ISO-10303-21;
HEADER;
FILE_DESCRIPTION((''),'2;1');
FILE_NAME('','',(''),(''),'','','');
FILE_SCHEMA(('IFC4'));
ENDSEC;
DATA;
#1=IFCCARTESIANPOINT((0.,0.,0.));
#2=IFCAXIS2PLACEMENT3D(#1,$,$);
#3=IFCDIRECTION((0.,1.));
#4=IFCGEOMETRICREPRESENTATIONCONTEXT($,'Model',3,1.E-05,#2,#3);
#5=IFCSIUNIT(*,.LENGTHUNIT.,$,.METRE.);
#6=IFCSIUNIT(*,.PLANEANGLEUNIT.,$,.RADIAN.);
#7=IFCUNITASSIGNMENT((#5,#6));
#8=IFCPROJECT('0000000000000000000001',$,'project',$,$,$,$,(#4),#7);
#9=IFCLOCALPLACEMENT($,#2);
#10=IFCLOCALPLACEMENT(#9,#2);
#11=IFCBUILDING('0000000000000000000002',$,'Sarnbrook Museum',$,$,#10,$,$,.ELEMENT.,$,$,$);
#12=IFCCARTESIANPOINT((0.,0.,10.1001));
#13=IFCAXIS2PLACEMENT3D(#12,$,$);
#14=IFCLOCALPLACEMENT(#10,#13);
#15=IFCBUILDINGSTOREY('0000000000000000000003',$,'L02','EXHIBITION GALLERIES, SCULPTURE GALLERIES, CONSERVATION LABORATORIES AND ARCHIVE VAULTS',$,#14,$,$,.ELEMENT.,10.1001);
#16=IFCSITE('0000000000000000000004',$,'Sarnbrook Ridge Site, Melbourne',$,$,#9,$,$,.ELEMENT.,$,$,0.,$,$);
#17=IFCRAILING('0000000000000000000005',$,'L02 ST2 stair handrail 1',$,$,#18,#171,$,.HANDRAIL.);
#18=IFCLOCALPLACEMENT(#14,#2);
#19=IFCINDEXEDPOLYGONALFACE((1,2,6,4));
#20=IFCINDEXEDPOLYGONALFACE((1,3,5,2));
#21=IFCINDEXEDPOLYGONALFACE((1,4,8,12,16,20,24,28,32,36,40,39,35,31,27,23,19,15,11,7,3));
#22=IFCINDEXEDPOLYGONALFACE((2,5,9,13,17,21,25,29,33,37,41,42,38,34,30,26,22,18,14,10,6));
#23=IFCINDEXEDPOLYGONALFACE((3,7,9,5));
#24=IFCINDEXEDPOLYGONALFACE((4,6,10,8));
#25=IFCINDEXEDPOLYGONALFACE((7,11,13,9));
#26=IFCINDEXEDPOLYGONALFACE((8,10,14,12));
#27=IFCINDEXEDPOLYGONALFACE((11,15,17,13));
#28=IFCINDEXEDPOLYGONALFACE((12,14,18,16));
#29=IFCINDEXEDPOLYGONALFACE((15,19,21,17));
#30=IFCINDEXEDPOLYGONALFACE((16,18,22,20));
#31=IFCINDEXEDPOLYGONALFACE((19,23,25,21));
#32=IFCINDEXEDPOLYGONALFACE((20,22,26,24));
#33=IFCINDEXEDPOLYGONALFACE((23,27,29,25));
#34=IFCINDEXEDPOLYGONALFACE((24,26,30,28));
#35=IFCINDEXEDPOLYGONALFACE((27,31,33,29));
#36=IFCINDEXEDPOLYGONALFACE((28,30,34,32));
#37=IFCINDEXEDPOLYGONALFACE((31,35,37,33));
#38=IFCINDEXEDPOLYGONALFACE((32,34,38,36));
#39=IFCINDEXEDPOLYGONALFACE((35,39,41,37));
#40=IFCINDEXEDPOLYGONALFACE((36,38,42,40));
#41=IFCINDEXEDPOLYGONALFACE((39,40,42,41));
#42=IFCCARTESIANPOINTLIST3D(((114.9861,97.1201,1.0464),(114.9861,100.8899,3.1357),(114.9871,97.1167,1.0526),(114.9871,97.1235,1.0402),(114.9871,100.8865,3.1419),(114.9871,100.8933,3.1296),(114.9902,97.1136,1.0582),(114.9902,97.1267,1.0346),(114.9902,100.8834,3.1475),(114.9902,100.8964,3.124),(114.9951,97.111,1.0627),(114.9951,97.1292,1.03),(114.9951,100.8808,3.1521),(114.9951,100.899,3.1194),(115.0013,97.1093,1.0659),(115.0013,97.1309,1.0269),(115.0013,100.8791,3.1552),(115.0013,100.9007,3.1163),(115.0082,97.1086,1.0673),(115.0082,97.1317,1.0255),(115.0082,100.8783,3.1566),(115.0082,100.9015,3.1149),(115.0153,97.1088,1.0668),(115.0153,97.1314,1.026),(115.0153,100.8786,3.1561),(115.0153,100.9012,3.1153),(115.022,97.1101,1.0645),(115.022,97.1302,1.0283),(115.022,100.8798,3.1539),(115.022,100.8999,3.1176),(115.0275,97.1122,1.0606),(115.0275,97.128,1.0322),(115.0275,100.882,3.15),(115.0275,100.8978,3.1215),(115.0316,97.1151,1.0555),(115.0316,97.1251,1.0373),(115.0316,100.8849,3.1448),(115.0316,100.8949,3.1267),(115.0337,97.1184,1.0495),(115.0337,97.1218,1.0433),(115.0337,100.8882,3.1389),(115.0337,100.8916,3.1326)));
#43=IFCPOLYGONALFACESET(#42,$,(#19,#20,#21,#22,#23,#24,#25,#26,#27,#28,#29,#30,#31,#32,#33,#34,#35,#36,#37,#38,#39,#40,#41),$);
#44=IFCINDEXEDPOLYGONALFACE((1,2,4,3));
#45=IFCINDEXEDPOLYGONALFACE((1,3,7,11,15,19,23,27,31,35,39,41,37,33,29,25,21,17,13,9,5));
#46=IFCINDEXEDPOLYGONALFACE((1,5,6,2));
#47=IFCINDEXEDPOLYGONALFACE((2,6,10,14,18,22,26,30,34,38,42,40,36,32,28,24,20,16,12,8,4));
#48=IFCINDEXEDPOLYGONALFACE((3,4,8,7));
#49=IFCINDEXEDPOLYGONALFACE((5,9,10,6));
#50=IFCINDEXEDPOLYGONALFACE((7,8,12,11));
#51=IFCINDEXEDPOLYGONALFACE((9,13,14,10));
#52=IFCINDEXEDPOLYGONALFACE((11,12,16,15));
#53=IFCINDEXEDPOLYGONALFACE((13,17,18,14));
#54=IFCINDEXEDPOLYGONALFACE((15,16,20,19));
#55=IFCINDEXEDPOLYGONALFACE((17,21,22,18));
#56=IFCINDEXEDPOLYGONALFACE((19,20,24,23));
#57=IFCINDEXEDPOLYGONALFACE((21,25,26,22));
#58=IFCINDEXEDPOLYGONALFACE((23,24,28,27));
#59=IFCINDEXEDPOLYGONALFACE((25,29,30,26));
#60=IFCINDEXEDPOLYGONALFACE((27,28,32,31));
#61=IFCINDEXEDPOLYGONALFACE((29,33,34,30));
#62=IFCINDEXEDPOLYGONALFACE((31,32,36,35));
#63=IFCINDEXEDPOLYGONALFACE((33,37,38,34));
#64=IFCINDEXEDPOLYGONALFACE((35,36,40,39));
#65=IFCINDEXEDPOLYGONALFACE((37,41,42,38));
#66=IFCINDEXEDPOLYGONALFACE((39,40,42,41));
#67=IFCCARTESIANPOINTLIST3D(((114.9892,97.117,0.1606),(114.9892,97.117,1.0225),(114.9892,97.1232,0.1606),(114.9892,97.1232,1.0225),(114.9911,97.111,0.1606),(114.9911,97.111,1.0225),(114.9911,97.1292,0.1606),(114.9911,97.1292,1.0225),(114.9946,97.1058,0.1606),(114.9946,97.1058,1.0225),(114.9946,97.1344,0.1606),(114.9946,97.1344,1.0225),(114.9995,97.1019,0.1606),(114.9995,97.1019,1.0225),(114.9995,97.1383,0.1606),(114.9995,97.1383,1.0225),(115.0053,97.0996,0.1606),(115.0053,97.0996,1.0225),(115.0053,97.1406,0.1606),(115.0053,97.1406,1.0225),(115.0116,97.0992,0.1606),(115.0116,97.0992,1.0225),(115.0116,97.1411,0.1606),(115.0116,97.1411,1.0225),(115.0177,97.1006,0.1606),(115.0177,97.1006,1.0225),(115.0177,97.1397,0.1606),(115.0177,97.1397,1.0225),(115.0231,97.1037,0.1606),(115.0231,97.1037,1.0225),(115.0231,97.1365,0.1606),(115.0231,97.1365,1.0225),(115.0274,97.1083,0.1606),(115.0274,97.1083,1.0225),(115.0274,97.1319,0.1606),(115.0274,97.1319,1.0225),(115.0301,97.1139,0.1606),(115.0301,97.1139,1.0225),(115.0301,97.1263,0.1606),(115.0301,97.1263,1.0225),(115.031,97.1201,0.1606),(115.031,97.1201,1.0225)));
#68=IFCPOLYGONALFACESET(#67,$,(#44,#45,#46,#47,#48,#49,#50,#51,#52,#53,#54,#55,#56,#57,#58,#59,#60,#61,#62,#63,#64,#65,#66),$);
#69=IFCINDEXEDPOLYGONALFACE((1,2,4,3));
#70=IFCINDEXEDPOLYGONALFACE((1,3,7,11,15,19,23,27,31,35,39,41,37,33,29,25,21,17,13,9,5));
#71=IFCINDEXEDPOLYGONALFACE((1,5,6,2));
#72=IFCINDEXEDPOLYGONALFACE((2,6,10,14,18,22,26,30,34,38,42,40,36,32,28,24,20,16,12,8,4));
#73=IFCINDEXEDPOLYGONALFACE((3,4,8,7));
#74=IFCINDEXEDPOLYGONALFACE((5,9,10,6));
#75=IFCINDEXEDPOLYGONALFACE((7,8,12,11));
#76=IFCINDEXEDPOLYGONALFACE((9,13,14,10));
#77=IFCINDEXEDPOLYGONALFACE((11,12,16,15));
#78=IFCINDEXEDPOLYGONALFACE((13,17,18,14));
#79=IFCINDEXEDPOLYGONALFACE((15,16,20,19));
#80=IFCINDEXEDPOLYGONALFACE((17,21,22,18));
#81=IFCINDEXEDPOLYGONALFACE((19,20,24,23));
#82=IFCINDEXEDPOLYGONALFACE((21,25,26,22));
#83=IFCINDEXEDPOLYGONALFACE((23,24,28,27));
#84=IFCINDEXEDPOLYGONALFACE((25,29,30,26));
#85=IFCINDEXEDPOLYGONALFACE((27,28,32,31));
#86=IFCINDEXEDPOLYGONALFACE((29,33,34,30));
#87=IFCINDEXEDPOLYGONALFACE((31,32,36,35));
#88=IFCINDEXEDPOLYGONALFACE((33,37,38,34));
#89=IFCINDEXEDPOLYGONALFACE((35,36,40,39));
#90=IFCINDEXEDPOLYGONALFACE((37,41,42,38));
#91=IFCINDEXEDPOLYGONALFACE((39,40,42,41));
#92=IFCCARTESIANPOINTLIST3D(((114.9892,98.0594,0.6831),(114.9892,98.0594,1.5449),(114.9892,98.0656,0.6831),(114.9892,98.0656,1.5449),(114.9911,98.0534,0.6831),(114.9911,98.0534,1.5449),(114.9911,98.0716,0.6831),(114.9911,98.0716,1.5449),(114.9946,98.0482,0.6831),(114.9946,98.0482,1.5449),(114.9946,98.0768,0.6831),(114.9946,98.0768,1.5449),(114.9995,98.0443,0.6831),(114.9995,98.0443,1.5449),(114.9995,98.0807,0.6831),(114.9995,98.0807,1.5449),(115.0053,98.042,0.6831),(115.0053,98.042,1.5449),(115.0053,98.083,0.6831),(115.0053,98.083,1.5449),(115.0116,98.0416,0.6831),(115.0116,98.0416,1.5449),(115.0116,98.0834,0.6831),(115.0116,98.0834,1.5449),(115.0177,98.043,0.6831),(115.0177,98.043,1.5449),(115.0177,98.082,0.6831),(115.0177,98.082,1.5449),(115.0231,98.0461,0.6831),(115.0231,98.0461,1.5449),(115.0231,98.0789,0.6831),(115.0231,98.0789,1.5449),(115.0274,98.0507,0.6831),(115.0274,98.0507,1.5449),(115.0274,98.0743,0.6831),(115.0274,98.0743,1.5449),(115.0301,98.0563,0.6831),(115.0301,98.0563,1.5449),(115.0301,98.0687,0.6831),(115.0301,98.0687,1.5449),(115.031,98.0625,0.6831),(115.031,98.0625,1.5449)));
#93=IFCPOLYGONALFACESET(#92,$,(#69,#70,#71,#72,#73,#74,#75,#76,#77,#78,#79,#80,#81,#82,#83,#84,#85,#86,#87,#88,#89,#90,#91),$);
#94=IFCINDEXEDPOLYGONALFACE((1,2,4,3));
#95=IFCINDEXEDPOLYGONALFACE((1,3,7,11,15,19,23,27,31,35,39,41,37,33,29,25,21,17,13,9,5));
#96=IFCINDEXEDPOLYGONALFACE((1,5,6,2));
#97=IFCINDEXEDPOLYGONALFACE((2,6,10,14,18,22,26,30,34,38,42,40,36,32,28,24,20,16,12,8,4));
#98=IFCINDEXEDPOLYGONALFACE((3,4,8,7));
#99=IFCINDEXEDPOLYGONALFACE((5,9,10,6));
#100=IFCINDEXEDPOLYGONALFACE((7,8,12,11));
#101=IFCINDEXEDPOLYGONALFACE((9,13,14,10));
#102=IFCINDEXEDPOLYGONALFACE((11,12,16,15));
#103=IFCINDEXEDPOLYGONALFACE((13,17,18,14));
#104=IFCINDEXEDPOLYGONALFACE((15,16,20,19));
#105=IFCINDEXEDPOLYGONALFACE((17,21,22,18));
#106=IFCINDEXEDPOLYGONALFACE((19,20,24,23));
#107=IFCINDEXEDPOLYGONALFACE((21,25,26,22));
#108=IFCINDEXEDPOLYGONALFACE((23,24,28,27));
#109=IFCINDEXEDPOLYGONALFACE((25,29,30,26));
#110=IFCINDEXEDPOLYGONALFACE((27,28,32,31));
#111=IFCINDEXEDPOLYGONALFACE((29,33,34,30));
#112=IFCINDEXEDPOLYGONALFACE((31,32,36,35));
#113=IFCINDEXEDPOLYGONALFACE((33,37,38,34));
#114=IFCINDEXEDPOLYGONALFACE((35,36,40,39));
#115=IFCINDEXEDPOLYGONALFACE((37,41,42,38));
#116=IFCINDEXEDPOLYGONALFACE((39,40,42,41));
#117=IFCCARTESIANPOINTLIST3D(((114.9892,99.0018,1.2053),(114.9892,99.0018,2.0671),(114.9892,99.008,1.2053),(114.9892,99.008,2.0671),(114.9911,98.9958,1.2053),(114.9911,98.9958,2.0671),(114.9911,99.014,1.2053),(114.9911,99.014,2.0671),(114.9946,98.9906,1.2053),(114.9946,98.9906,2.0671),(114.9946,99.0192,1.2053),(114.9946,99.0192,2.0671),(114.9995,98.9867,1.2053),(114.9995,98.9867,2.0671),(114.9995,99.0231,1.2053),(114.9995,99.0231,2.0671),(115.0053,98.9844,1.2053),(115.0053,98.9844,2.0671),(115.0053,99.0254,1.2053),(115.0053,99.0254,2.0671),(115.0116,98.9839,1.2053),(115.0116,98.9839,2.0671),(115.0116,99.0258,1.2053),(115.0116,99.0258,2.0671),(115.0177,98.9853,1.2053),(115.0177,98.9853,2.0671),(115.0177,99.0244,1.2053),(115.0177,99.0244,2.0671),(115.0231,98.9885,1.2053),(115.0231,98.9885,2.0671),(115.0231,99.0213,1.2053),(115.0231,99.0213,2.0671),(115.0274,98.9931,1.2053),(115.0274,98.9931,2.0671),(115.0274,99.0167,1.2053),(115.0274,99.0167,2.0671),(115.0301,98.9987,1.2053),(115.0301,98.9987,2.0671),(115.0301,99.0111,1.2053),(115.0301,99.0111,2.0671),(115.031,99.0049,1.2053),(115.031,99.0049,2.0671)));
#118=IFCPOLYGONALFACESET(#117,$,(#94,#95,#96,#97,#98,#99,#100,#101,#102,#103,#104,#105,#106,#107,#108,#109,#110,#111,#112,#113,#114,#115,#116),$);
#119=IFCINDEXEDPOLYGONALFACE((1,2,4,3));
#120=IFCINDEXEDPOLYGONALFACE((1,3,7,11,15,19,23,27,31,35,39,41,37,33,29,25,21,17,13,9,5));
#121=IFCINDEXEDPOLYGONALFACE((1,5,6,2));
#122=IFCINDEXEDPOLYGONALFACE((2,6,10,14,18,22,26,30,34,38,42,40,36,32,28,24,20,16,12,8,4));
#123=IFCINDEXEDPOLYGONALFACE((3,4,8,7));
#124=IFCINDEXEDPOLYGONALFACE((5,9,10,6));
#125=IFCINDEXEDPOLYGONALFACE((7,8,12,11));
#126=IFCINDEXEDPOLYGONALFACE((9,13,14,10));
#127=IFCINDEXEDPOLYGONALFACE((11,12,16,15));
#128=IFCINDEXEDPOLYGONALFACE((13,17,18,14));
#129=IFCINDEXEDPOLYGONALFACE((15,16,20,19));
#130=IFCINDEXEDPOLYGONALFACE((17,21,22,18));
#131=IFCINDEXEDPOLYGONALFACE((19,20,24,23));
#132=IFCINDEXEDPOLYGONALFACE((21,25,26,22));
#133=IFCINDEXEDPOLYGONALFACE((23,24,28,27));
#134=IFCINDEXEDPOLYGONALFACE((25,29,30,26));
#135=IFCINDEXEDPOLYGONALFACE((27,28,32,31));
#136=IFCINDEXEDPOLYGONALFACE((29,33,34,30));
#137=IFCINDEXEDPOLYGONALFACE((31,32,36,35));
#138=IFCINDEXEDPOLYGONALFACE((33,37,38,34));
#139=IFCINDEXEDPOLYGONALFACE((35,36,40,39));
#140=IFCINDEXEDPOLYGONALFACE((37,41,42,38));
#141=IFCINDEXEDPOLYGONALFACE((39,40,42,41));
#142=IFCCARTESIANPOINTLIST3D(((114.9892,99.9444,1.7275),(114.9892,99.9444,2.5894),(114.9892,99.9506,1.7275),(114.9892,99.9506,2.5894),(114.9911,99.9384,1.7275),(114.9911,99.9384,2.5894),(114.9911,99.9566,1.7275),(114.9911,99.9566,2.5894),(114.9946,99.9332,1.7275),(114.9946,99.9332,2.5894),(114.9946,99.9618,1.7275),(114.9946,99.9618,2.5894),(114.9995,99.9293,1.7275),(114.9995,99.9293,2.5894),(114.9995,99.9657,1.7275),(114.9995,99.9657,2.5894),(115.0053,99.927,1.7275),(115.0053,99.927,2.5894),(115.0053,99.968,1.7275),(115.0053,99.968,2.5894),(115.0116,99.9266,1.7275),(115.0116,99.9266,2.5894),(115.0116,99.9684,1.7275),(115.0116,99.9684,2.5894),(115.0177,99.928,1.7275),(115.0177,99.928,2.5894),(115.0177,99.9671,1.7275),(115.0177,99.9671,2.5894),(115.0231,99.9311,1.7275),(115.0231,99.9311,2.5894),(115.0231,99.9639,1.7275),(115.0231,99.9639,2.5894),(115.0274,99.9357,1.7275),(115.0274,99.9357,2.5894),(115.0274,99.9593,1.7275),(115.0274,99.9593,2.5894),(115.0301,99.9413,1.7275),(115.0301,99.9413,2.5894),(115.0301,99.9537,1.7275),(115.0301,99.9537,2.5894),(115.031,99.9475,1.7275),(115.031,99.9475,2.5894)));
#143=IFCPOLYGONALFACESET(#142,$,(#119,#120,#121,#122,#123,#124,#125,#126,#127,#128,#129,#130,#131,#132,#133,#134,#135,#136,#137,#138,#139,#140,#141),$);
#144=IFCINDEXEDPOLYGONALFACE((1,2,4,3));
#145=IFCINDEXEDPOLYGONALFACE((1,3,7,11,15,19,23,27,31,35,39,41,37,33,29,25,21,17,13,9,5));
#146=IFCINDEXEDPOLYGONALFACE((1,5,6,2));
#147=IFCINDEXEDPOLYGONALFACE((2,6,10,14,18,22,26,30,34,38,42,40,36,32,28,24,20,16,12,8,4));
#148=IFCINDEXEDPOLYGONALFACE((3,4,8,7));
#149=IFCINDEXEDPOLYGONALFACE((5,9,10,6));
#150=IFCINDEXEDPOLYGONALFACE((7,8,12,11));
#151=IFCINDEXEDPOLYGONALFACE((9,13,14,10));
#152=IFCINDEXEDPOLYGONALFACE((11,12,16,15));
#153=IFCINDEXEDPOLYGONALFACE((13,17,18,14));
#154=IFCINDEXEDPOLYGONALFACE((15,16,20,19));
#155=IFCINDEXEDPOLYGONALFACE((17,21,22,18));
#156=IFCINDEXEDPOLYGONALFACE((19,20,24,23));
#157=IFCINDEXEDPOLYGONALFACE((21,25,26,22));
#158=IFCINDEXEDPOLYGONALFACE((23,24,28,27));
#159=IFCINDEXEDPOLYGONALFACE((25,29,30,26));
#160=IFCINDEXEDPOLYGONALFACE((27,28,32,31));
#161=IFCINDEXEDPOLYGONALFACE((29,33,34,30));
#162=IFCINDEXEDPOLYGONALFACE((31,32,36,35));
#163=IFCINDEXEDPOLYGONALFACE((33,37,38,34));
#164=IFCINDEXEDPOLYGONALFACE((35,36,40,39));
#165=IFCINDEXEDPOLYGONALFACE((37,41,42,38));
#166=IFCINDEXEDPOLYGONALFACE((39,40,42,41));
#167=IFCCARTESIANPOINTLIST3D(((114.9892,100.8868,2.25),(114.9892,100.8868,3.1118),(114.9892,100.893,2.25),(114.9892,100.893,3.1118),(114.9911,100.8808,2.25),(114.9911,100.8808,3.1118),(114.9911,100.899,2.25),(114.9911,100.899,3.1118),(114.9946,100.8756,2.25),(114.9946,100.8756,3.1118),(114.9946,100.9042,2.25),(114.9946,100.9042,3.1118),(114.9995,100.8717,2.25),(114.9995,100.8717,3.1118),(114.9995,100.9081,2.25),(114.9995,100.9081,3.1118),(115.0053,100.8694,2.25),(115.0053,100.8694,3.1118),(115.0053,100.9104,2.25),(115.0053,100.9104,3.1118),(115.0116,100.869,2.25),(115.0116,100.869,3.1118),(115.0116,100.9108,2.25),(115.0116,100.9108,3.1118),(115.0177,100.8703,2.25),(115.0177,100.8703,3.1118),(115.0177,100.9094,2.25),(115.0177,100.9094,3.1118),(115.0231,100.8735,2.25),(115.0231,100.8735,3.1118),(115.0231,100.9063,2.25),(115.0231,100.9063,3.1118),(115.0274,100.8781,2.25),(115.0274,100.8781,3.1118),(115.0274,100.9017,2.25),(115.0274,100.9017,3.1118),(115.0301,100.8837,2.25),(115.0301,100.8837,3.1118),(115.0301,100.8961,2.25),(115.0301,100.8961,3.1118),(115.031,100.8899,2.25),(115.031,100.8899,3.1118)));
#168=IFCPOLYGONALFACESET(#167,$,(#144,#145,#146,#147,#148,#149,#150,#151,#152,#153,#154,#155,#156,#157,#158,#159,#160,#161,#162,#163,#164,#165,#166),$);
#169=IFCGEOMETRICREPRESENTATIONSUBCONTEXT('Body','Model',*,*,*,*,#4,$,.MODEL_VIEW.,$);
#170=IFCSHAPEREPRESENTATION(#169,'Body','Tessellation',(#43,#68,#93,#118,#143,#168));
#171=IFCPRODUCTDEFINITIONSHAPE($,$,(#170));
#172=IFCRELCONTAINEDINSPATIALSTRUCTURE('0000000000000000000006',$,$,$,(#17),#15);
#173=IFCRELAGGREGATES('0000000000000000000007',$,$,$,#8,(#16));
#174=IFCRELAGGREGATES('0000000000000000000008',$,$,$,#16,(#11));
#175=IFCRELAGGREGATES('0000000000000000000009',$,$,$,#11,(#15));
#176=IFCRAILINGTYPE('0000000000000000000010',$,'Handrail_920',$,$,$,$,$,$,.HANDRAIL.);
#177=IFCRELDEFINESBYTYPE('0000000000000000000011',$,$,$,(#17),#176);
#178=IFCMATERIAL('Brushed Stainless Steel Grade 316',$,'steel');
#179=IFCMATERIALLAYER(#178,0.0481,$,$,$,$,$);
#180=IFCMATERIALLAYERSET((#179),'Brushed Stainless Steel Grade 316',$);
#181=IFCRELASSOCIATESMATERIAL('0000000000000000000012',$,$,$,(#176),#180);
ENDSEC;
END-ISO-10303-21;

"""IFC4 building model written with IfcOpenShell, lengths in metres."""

from ifc_helpers import new_model, si_unit, direction, frame, origin, origin_2d, place, context, subcontext, project, spatial, circle, extrude, material, layer, layer_set, type_object, element, save


model = new_model("IFC4")

# Units and contexts
model_context = context("Model", 3, precision=1e-05, world=origin(), true_north=direction((0.0, 1.0)))
body_context = subcontext(model_context, "Body", "Model", "MODEL_VIEW")
ifc_project = project(units=[si_unit("LENGTHUNIT", "METRE"), si_unit("PLANEANGLEUNIT", "RADIAN")], contexts=[model_context])

# Site, building, storey
site_placement = place(None, origin())
site = spatial("IfcSite", under=ifc_project, at=site_placement, Name="Sarnbrook Ridge Site, Melbourne", CompositionType="ELEMENT", RefElevation=0.0)
building_placement = place(site_placement, origin())
building = spatial("IfcBuilding", under=site, at=building_placement, Name="Sarnbrook Museum", CompositionType="ELEMENT")
storey_placement = place(building_placement, frame((0.0, 0.0, 10.1001)))
storey = spatial("IfcBuildingStorey", under=building, at=storey_placement, Name="L02", Description="EXHIBITION GALLERIES, SCULPTURE GALLERIES, CONSERVATION LABORATORIES AND ARCHIVE VAULTS", CompositionType="ELEMENT", Elevation=10.1001)

# Shared definitions
ifc_material_1 = material(Name="Brushed Stainless Steel Grade 316", Category="steel")

# Railing
ifc_layer_1 = layer(ifc_material_1, 0.0481)
ifc_layer_set_1 = layer_set([ifc_layer_1], Name="Brushed Stainless Steel Grade 316")
railing_type_1 = type_object("IfcRailingType", Name="Handrail_920", PredefinedType="HANDRAIL", material=ifc_layer_set_1)
railing_1_placement = place(storey_placement, frame((115.01, 97.1201, 0.1606)))
element("IfcRailing", 1, at=railing_1_placement, inside=storey, type_object=railing_type_1, Name="L02 ST2 stair handrail 1", PredefinedType="HANDRAIL", context=body_context, shape_type="SweptSolid", body=[
    extrude(circle(Radius=0.0239, at=origin_2d()), frame((0.0, 0.0, 0.8857), z_axis=(0.0, 0.874646, 0.484763), x_axis=(-1.0, 0.0, 0.0)), (0.0, 0.0, 1.0), 4.3101),
    extrude(circle(Radius=0.021, at=origin_2d()), origin(), (0.0, 0.0, 1.0), 0.8618),
    extrude(circle(Radius=0.021, at=origin_2d()), frame((0.0, 0.9424, 0.5225)), (0.0, 0.0, 1.0), 0.8618),
    extrude(circle(Radius=0.021, at=origin_2d()), frame((0.0, 1.8848, 1.0447)), (0.0, 0.0, 1.0), 0.8618),
    extrude(circle(Radius=0.021, at=origin_2d()), frame((0.0, 2.8274, 1.5669)), (0.0, 0.0, 1.0), 0.8618),
    extrude(circle(Radius=0.021, at=origin_2d()), frame((0.0, 3.7698, 2.0894)), (0.0, 0.0, 1.0), 0.8618),
])

save(model, "model.ifc")
